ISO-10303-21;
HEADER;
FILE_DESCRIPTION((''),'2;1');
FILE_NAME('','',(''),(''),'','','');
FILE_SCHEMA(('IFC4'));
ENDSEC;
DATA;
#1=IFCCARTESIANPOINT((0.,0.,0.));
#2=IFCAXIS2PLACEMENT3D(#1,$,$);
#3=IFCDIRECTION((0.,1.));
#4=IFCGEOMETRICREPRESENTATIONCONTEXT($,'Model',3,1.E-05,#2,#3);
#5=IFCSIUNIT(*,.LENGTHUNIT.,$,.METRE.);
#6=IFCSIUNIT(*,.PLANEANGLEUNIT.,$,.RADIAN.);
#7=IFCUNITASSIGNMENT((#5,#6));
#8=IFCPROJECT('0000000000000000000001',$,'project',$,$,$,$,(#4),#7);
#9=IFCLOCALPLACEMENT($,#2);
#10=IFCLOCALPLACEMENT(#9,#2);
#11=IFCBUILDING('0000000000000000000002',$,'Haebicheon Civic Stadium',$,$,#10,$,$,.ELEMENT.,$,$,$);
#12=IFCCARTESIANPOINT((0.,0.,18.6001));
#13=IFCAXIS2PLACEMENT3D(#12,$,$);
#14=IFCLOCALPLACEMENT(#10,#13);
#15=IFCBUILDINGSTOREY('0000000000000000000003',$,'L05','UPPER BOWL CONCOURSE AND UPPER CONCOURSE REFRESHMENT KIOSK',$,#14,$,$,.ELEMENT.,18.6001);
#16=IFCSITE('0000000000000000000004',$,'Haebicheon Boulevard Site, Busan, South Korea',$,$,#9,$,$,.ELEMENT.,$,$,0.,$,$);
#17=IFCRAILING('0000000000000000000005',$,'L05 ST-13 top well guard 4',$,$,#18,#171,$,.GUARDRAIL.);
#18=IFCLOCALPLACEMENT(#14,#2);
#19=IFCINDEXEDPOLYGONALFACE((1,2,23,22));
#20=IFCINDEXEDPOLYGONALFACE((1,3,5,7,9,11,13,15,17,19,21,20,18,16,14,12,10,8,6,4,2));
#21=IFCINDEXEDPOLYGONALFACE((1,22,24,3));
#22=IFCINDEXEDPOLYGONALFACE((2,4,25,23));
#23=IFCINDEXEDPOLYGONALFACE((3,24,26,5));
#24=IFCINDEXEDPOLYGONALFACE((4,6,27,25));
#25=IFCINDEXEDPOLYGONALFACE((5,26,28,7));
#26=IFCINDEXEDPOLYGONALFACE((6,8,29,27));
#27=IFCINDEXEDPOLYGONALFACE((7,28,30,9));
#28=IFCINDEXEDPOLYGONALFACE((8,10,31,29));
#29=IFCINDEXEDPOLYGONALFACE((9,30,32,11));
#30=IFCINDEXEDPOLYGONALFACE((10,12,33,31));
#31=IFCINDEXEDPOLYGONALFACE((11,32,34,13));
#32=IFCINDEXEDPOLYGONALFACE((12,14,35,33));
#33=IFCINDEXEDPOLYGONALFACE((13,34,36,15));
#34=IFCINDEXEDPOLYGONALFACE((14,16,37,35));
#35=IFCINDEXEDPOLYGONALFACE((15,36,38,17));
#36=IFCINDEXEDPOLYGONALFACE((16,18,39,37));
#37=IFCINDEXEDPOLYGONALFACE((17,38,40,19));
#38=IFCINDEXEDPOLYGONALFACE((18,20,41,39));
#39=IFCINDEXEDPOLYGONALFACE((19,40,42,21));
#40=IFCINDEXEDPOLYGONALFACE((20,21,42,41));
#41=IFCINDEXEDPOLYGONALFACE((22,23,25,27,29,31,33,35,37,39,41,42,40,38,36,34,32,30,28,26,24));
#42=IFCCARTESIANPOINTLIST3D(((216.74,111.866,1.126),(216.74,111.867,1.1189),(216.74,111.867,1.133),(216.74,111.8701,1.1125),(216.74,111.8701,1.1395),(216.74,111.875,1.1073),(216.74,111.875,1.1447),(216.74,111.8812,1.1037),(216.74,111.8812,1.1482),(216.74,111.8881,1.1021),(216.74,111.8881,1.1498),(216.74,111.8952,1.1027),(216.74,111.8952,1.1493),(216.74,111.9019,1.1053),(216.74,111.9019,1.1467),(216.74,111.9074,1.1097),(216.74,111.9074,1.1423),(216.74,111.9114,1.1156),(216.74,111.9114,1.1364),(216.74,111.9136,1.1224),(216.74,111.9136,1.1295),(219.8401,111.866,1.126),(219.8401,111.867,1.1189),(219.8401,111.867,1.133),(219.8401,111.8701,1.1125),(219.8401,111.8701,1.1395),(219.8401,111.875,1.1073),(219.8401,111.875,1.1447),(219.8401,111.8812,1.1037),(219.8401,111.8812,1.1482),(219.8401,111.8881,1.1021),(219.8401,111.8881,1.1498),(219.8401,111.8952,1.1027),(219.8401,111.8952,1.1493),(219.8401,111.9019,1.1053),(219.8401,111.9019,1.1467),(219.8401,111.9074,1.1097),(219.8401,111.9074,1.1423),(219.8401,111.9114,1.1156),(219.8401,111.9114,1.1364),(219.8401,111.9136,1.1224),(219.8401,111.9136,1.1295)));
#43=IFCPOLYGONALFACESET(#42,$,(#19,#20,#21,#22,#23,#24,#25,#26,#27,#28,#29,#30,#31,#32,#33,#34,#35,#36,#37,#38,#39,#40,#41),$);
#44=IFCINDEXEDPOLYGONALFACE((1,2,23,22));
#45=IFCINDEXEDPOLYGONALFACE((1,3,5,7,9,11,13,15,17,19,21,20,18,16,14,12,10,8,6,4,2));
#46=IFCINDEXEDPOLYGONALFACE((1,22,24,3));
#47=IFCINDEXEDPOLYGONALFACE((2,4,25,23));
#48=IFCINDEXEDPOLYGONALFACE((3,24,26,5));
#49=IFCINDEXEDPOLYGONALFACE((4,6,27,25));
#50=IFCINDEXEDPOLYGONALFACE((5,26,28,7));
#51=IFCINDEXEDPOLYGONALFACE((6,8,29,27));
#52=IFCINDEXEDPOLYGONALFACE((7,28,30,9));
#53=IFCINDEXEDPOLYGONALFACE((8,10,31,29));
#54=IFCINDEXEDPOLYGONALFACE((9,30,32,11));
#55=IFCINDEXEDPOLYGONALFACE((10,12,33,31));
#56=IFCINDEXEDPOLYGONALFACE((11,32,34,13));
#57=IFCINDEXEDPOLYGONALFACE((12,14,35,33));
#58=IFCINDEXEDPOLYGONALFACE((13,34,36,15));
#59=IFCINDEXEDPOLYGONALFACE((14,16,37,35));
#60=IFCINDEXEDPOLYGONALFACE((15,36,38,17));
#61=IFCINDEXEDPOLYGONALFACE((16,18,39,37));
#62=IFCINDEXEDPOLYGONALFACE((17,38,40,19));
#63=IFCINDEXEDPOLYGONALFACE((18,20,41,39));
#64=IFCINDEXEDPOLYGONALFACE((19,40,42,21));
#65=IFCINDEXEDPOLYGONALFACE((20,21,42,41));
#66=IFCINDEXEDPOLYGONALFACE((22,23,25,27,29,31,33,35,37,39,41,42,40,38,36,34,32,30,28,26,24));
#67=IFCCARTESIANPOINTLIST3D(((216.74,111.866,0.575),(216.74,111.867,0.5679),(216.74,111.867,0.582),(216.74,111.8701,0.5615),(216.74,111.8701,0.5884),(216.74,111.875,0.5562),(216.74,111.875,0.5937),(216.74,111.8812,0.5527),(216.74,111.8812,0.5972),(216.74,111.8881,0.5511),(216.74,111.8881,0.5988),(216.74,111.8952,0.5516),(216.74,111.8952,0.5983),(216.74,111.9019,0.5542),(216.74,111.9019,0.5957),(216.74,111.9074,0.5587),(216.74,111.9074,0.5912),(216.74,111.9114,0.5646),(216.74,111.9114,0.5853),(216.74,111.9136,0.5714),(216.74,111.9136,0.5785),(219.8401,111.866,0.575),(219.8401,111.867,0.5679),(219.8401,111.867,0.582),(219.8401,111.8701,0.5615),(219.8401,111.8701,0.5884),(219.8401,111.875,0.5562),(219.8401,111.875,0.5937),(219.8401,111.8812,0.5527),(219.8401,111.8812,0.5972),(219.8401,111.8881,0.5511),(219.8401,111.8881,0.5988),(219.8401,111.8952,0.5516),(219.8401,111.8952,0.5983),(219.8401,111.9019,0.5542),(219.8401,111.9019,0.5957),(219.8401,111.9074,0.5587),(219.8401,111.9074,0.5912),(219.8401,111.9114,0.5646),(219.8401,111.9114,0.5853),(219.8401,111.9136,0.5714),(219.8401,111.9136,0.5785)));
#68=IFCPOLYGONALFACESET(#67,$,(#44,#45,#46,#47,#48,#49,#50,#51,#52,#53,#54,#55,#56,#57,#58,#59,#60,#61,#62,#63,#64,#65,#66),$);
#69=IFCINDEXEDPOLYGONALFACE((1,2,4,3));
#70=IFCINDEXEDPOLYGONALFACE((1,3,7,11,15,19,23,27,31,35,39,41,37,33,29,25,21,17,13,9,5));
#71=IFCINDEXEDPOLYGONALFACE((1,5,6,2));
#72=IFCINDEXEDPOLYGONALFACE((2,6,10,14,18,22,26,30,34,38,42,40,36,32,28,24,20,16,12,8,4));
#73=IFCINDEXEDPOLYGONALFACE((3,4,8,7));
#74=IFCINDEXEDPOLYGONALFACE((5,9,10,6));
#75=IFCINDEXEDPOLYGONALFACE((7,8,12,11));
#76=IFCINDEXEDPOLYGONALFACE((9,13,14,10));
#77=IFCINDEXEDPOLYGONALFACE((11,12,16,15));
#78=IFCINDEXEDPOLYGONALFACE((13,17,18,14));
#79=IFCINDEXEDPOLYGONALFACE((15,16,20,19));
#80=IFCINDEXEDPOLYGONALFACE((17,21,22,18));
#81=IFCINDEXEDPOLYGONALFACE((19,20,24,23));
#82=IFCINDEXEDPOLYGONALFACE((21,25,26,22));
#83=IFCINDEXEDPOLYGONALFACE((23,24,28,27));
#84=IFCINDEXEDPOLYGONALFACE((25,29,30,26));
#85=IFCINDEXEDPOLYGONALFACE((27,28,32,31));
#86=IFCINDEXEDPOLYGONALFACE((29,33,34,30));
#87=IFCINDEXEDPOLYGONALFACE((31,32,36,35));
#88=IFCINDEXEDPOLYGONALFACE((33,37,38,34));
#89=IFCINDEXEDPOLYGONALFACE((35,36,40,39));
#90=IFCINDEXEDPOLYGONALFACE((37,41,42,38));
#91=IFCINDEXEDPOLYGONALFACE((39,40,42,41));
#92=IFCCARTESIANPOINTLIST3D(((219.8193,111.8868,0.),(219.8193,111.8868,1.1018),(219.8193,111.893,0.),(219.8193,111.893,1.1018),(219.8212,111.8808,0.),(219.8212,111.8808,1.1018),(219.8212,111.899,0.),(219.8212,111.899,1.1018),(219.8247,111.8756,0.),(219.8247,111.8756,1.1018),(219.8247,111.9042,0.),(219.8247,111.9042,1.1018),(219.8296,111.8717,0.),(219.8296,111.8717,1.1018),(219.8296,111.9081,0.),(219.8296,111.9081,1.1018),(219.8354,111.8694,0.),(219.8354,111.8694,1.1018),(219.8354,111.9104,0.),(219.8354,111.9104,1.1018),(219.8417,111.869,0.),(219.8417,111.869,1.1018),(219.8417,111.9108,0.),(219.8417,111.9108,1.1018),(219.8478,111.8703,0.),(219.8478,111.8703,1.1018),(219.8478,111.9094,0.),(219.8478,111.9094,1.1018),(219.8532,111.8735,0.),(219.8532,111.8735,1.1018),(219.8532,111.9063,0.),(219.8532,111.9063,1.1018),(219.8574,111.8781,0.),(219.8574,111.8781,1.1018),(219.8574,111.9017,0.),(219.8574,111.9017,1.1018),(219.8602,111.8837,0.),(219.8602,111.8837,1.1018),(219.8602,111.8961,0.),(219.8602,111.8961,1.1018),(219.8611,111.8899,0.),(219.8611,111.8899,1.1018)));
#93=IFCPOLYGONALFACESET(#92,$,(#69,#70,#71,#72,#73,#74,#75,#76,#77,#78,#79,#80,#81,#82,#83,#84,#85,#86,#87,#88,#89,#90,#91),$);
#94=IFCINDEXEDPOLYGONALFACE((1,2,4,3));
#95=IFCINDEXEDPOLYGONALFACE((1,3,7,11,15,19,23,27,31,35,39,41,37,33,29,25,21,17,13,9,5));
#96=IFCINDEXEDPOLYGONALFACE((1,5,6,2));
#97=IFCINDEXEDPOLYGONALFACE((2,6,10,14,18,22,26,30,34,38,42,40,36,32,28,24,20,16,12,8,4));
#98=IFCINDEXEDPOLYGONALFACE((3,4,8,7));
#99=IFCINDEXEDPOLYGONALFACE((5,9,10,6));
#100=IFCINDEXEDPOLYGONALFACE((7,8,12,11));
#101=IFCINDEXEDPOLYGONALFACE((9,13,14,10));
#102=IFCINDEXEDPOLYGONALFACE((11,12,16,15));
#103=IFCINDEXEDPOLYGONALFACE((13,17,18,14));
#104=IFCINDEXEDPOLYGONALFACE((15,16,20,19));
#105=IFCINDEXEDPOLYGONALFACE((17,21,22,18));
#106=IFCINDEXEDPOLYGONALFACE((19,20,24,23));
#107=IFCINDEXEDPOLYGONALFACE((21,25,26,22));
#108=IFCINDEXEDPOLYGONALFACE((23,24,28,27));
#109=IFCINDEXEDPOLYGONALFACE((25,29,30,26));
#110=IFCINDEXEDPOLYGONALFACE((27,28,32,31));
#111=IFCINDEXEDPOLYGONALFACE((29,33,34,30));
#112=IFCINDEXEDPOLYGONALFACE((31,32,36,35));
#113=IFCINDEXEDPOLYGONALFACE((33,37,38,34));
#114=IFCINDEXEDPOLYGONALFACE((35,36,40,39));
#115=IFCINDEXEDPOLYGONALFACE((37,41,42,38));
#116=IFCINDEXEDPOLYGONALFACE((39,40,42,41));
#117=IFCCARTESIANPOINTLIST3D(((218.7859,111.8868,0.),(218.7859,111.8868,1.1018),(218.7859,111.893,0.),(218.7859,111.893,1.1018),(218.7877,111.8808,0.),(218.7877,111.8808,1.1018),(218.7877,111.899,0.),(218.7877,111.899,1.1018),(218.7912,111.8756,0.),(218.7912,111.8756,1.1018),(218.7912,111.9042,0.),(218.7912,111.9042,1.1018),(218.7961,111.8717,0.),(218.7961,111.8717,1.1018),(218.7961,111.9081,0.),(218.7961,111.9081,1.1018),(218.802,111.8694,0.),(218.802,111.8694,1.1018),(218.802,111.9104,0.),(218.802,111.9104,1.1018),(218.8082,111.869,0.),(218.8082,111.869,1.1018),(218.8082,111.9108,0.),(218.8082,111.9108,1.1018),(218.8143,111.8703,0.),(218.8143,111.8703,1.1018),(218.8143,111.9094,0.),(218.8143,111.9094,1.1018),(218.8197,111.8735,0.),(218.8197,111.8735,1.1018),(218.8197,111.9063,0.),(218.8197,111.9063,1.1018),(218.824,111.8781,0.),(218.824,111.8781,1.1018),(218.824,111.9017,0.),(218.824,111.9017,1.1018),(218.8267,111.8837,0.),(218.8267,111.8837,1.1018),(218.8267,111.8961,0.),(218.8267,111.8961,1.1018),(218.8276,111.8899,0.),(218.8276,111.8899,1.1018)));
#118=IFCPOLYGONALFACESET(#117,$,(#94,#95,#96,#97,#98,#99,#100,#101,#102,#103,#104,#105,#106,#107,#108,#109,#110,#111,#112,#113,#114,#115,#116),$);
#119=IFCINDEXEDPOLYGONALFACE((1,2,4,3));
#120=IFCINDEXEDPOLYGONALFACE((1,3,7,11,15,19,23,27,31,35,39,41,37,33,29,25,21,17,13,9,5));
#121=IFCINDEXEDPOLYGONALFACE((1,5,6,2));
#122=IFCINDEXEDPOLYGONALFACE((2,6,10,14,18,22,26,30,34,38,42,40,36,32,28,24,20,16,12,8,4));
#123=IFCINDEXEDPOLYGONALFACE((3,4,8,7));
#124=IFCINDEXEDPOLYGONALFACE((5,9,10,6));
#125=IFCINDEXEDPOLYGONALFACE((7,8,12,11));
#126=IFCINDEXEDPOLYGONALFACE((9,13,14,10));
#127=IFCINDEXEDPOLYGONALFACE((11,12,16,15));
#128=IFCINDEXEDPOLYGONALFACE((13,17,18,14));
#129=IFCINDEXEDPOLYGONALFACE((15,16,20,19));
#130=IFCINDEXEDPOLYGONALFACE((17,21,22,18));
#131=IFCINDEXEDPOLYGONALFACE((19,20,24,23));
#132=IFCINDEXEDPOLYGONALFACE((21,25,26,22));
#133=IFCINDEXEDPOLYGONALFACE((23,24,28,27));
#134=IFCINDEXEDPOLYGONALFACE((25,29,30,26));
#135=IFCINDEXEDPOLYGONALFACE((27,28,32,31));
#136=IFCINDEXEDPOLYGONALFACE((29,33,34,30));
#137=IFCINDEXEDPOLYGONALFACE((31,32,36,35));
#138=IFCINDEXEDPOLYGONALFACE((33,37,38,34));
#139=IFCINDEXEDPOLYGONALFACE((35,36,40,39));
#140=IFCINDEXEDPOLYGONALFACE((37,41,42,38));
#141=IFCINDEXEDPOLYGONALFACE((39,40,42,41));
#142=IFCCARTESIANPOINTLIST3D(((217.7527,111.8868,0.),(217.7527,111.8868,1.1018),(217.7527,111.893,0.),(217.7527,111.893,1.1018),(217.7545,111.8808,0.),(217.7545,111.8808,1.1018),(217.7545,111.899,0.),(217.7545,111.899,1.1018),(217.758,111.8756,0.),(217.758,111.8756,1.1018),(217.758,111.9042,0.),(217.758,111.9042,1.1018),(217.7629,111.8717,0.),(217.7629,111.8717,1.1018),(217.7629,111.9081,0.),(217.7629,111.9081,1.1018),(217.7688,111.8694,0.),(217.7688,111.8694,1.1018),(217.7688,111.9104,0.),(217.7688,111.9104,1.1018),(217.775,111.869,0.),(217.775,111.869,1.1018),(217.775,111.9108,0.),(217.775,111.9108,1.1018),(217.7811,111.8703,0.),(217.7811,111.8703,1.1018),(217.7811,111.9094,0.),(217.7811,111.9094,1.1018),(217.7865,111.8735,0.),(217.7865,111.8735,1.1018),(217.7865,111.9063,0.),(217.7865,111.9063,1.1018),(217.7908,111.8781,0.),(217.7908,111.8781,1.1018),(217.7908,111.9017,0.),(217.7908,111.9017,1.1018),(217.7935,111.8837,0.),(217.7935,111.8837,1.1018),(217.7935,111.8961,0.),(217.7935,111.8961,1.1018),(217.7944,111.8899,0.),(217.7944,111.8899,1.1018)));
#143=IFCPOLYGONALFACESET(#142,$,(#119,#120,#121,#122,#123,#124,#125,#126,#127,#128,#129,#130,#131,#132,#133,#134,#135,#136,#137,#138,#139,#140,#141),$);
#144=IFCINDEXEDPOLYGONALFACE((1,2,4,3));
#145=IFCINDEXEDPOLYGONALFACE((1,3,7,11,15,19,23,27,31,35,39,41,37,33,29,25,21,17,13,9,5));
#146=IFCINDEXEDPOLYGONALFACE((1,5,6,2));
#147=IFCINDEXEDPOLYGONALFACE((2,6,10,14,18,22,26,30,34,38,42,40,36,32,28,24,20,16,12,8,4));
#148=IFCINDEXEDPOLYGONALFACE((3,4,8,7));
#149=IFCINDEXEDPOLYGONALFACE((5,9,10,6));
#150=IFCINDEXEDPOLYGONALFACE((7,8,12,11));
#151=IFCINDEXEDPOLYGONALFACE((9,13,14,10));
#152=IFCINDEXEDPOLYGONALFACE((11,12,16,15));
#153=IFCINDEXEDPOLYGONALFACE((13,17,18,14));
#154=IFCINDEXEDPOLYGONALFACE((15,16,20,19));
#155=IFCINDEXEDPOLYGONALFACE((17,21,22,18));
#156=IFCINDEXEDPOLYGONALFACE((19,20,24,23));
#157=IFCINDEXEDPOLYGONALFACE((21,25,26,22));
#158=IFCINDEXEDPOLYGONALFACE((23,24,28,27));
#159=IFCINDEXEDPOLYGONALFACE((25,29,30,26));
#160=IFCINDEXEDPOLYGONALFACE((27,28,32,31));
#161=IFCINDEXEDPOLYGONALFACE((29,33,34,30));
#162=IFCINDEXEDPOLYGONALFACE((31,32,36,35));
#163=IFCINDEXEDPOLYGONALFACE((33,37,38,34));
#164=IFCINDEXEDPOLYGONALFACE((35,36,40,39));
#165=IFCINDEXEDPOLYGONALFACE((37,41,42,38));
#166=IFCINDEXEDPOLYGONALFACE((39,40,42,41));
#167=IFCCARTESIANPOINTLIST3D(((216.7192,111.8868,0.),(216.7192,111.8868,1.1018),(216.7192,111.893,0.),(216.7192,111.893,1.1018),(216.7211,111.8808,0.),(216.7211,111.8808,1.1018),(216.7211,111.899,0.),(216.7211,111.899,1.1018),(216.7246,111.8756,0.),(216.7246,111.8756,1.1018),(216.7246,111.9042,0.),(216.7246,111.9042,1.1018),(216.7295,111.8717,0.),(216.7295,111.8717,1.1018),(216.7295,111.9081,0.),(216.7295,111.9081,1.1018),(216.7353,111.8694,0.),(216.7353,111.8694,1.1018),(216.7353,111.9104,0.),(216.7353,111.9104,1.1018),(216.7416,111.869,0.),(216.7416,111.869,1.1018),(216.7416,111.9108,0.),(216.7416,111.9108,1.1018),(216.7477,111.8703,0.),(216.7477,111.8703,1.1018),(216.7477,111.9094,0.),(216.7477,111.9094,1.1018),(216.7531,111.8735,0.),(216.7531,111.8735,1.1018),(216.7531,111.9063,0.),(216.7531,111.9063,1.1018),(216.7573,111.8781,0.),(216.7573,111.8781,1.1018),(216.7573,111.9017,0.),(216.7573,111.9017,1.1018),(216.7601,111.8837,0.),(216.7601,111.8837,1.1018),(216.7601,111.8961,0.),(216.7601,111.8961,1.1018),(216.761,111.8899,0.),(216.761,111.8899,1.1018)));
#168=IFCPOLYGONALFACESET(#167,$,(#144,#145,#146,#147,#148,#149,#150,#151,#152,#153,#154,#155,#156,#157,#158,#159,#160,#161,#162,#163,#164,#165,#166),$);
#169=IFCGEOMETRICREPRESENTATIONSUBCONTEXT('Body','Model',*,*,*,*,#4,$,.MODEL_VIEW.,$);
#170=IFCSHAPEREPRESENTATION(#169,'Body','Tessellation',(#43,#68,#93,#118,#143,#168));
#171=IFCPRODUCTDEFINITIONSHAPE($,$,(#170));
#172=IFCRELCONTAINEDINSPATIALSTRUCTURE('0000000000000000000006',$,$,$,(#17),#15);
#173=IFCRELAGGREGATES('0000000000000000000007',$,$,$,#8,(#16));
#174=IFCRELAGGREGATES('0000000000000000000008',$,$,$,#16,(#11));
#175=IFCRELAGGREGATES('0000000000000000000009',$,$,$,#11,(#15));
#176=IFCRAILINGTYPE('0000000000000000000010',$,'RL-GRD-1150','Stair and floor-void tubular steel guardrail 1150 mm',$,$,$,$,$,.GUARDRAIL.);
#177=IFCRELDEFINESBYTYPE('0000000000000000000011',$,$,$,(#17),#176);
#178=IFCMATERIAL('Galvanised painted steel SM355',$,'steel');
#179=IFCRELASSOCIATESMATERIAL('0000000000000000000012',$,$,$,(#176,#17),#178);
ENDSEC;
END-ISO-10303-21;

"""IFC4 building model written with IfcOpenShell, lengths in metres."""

from ifc_helpers import new_model, si_unit, direction, frame, origin, origin_2d, place, context, subcontext, project, spatial, circle, extrude, material, type_object, element, save


model = new_model("IFC4")

# Units and contexts
model_context = context("Model", 3, precision=1e-05, world=origin(), true_north=direction((0.0, 1.0)))
body_context = subcontext(model_context, "Body", "Model", "MODEL_VIEW")
ifc_project = project(units=[si_unit("LENGTHUNIT", "METRE"), si_unit("PLANEANGLEUNIT", "RADIAN")], contexts=[model_context])

# Site, building, storey
site_placement = place(None, origin())
site = spatial("IfcSite", under=ifc_project, at=site_placement, Name="Haebicheon Boulevard Site, Busan, South Korea", CompositionType="ELEMENT", RefElevation=0.0)
building_placement = place(site_placement, origin())
building = spatial("IfcBuilding", under=site, at=building_placement, Name="Haebicheon Civic Stadium", CompositionType="ELEMENT")
storey_placement = place(building_placement, frame((0.0, 0.0, 18.6001)))
storey = spatial("IfcBuildingStorey", under=building, at=storey_placement, Name="L05", Description="UPPER BOWL CONCOURSE AND UPPER CONCOURSE REFRESHMENT KIOSK", CompositionType="ELEMENT", Elevation=18.6001)

# Railing
ifc_material_1 = material(Name="Galvanised painted steel SM355", Category="steel")
railing_type = type_object("IfcRailingType", Name="RL-GRD-1150", Description="Stair and floor-void tubular steel guardrail 1150 mm", PredefinedType="GUARDRAIL", material=ifc_material_1)
railing_placement = place(storey_placement, frame((219.8401, 111.8899, 0.0)))
element("IfcRailing", 1, at=railing_placement, inside=storey, type_object=railing_type, material=ifc_material_1, Name="L05 ST-13 top well guard 4", PredefinedType="GUARDRAIL", context=body_context, shape_type="SweptSolid", body=[
    extrude(circle(Radius=0.0239, at=origin_2d()), frame((0.0, 0.0, 1.126), z_axis=(-1.0, 0.0, 0.0), x_axis=(0.0, -1.0, 0.0)), (0.0, 0.0, 1.0), 3.1001),
    extrude(circle(Radius=0.0239, at=origin_2d()), frame((0.0, 0.0, 0.575), z_axis=(-1.0, 0.0, 0.0), x_axis=(0.0, -1.0, 0.0)), (0.0, 0.0, 1.0), 3.1001),
    extrude(circle(Radius=0.021, at=origin_2d()), origin(), (0.0, 0.0, 1.0), 1.1018),
    extrude(circle(Radius=0.021, at=origin_2d()), frame((-1.0334, 0.0, 0.0)), (0.0, 0.0, 1.0), 1.1018),
    extrude(circle(Radius=0.021, at=origin_2d()), frame((-2.0667, 0.0, 0.0)), (0.0, 0.0, 1.0), 1.1018),
    extrude(circle(Radius=0.021, at=origin_2d()), frame((-3.1001, 0.0, 0.0)), (0.0, 0.0, 1.0), 1.1018),
])

save(model, "model.ifc")
